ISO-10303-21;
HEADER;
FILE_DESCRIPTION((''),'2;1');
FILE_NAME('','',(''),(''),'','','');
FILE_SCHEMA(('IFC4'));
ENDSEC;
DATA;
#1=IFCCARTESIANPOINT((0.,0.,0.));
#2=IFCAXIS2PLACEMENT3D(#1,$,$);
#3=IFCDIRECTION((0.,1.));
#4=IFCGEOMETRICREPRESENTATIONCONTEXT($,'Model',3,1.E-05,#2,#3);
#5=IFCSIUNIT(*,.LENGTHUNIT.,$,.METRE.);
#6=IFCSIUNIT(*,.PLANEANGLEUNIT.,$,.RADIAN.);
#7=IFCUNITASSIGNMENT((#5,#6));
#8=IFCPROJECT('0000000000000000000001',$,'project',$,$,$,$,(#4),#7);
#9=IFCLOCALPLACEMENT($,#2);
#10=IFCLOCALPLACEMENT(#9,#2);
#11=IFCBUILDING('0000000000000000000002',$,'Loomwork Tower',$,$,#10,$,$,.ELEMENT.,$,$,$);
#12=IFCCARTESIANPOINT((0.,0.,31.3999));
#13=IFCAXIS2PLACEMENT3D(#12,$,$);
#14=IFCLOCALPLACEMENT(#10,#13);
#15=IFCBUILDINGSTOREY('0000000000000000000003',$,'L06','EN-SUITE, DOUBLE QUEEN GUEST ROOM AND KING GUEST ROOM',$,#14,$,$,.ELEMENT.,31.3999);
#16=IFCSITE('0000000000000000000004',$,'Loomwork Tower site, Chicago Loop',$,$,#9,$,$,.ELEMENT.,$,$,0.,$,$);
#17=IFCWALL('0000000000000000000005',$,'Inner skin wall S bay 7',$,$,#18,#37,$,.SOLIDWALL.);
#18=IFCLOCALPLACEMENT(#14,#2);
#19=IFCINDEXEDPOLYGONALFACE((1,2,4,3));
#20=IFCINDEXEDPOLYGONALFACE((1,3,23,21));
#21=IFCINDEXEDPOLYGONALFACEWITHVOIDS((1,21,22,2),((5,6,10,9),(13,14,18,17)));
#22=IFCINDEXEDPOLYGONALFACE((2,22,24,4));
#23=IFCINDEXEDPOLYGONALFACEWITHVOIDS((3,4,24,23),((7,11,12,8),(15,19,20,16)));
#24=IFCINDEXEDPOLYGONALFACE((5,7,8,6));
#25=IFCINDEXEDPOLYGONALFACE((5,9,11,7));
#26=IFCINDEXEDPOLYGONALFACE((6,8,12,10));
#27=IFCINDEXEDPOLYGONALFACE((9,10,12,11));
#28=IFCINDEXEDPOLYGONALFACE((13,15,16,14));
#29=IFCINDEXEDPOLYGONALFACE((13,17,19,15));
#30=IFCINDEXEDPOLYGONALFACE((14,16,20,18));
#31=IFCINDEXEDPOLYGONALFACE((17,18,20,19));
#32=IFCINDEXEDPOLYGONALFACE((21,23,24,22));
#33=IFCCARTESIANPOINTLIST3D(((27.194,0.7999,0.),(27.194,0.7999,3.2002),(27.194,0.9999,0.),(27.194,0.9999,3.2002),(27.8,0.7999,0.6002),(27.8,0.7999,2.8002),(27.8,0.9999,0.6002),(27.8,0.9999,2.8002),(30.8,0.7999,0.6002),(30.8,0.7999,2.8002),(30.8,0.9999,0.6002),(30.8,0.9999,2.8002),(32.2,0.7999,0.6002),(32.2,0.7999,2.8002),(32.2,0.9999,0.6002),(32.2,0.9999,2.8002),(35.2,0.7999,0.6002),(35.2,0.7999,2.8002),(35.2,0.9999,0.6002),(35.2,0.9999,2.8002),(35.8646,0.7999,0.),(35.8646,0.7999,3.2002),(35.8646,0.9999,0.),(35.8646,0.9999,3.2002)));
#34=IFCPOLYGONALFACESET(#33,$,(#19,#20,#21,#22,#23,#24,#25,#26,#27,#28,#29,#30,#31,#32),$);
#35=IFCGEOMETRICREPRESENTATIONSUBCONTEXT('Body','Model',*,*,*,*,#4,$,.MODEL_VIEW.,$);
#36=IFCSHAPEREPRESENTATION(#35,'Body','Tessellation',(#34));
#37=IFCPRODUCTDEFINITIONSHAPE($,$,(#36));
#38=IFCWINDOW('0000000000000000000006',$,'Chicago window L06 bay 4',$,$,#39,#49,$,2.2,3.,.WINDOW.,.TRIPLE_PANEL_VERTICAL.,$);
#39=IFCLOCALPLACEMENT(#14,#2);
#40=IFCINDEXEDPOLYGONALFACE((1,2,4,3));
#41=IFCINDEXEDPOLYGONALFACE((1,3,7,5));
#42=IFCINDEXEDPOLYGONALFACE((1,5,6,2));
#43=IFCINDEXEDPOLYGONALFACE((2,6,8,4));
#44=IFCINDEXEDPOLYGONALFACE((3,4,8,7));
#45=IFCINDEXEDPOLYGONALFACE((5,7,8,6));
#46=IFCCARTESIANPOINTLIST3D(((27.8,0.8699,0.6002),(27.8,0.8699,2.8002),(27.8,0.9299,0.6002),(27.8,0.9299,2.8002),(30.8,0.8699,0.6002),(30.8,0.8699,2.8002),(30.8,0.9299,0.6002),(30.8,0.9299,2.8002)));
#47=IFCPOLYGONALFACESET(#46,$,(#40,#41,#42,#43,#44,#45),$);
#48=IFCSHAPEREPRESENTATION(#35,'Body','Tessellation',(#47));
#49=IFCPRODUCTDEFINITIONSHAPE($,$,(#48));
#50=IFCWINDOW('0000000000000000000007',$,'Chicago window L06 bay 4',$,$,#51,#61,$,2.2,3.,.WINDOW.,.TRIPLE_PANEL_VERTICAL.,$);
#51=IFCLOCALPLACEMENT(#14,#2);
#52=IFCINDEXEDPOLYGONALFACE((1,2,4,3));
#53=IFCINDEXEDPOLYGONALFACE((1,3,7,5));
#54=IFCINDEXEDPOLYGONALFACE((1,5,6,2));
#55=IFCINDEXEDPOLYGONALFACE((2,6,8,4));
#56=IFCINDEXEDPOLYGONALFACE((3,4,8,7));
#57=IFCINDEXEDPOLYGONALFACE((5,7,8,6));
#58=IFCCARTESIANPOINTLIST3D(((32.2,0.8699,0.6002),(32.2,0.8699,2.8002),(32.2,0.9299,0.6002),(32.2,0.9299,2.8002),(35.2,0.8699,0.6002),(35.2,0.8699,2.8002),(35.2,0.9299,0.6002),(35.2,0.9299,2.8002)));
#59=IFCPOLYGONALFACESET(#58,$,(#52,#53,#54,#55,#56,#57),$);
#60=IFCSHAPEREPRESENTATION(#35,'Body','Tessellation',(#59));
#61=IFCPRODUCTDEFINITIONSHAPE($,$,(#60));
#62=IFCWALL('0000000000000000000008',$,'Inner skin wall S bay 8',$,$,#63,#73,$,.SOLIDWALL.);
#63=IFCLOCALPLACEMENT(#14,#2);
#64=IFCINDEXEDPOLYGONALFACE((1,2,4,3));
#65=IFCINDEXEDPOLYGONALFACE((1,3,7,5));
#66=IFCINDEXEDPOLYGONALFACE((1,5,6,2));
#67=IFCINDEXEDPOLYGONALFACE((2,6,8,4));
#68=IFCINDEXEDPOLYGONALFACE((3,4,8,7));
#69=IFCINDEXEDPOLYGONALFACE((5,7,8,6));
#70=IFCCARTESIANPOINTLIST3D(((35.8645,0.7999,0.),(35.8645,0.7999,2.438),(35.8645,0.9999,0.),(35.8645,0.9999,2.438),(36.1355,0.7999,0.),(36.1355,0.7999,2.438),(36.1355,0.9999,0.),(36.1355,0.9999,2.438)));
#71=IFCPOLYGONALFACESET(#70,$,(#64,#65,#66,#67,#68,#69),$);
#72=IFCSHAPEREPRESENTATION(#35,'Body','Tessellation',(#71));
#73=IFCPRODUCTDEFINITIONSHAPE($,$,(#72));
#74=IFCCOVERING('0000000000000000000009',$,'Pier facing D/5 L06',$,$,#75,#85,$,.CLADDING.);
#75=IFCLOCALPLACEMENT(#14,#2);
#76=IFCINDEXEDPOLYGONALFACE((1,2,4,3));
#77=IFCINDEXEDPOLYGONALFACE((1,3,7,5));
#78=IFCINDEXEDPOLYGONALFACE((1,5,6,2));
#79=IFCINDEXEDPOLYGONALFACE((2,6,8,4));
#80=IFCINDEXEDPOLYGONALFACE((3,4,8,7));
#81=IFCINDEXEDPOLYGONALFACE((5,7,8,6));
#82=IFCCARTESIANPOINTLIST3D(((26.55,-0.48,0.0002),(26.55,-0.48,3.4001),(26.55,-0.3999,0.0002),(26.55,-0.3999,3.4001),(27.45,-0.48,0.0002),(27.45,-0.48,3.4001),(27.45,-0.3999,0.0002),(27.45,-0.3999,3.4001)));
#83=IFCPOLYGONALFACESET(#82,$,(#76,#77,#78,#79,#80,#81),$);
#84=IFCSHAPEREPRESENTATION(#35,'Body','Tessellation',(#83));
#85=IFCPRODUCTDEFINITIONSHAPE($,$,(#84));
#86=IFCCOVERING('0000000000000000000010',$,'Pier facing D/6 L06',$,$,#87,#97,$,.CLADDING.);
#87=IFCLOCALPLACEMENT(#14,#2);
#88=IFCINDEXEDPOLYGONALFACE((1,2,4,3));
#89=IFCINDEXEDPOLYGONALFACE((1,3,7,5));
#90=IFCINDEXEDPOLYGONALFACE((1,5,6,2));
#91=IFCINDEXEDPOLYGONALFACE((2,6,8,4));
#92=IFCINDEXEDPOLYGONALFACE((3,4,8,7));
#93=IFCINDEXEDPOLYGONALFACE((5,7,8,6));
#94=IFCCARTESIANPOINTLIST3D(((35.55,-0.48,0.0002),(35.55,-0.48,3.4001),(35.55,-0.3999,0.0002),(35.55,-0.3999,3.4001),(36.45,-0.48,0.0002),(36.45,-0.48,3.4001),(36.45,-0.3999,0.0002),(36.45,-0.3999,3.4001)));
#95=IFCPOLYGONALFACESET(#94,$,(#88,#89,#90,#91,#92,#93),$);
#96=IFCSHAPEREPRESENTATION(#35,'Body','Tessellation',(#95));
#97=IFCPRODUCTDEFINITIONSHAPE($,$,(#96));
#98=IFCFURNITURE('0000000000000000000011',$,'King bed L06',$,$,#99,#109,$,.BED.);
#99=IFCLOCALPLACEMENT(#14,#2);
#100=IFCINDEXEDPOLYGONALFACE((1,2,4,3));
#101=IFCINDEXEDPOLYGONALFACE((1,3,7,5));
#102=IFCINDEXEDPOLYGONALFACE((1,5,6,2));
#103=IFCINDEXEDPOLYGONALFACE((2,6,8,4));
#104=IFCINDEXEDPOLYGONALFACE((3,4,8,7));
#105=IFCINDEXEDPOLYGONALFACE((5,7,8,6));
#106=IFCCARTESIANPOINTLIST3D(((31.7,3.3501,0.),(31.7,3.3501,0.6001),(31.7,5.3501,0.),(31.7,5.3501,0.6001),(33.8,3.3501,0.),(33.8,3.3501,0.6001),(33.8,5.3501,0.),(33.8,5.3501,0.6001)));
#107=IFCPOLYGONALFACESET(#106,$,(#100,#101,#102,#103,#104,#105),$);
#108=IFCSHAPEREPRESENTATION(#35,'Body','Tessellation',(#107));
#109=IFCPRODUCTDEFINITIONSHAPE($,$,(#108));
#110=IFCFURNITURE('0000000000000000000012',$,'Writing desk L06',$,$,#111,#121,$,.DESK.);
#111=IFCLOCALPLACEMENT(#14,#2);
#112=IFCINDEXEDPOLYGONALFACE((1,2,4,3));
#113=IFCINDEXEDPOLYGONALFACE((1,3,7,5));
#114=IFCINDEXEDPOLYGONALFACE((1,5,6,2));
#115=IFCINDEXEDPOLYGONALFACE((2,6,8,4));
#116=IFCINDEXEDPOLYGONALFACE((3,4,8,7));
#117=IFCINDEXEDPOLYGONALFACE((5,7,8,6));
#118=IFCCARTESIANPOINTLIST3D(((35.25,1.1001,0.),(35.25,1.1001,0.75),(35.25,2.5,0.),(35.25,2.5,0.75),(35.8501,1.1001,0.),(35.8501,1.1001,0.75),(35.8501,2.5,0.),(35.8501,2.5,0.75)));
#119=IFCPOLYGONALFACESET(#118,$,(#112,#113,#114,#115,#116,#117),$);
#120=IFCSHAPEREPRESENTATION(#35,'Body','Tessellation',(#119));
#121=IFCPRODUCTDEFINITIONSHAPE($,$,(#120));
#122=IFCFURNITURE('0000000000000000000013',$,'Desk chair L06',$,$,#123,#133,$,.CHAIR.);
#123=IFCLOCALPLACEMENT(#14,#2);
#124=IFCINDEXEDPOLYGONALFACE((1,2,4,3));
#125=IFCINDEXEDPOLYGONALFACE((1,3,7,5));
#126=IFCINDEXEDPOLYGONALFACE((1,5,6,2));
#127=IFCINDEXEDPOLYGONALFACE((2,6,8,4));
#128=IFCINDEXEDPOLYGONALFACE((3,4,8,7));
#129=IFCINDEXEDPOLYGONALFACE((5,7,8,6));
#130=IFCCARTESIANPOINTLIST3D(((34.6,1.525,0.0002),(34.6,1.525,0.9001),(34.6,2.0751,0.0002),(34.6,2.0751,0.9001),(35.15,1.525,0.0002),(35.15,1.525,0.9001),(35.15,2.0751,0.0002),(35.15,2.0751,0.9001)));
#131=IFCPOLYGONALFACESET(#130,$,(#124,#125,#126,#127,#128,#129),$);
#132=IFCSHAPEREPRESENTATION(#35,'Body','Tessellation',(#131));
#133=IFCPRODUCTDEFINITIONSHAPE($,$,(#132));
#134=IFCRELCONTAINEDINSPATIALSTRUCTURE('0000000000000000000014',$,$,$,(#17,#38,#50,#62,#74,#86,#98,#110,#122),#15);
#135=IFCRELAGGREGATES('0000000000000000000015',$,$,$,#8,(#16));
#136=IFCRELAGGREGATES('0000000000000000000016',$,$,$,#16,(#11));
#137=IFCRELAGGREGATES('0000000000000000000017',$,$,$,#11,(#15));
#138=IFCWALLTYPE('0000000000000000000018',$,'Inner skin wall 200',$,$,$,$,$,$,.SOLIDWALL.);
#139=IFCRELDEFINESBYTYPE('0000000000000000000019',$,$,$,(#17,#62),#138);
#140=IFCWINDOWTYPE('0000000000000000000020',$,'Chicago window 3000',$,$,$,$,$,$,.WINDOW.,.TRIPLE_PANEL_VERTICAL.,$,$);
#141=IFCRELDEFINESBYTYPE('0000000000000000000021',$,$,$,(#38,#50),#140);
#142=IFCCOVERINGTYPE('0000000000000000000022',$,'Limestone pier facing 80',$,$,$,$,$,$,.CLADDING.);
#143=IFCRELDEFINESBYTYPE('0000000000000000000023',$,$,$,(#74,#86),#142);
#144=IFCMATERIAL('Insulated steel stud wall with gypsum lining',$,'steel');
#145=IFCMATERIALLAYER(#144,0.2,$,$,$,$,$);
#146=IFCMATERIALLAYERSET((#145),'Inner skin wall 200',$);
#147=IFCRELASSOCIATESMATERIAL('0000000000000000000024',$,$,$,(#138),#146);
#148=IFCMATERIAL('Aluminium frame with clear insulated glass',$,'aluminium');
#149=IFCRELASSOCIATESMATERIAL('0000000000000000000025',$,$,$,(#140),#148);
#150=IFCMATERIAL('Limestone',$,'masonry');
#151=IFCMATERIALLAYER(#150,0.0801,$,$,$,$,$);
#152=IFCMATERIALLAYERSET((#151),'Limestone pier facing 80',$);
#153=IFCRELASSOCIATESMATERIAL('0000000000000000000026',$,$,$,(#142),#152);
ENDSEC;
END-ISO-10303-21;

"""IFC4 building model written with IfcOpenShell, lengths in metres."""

from ifc_helpers import new_model, si_unit, direction, frame, frame_2d, origin, origin_2d, place, context, subcontext, project, spatial, rectangle, extrude, material, layer, layer_set, type_object, element, fill, save


model = new_model("IFC4")

# Units and contexts
model_context = context("Model", 3, precision=1e-05, world=origin(), true_north=direction((0.0, 1.0)))
body_context = subcontext(model_context, "Body", "Model", "MODEL_VIEW")
ifc_project = project(units=[si_unit("LENGTHUNIT", "METRE"), si_unit("PLANEANGLEUNIT", "RADIAN")], contexts=[model_context])

# Site, building, storey
site_placement = place(None, origin())
site = spatial("IfcSite", under=ifc_project, at=site_placement, Name="Loomwork Tower site, Chicago Loop", CompositionType="ELEMENT", RefElevation=0.0)
building_placement = place(site_placement, origin())
building = spatial("IfcBuilding", under=site, at=building_placement, Name="Loomwork Tower", CompositionType="ELEMENT")
storey_placement = place(building_placement, frame((0.0, 0.0, 31.3999)))
storey = spatial("IfcBuildingStorey", under=building, at=storey_placement, Name="L06", Description="EN-SUITE, DOUBLE QUEEN GUEST ROOM AND KING GUEST ROOM", CompositionType="ELEMENT", Elevation=31.3999)

# Shared definitions
ifc_material_1 = material(Name="Insulated steel stud wall with gypsum lining", Category="steel")
ifc_layer_1 = layer(ifc_material_1, 0.2)
ifc_layer_set_1 = layer_set([ifc_layer_1], Name="Inner skin wall 200")
wall_type = type_object("IfcWallType", Name="Inner skin wall 200", PredefinedType="SOLIDWALL", material=ifc_layer_set_1)

# Wall, openings, windows
wall_1_placement = place(storey_placement, frame((27.1938, 0.8999, 0.0), z_axis=(0.0, 0.0, 1.0), x_axis=(1.0, 0.0, 0.0)))
wall_1 = element("IfcWall", 1, at=wall_1_placement, inside=storey, type_object=wall_type, Name="Inner skin wall S bay 7", PredefinedType="SOLIDWALL", context=body_context, shape_type="SweptSolid", body=[
    extrude(rectangle(XDim=8.6707, YDim=0.2, at=frame_2d((4.3354, 0.0))), origin(), (0.0, 0.0, 1.0), 3.2002),
])
opening_1_placement = place(wall_1_placement, frame((0.6062, 0.0, 0.6001)))
opening_1 = element("IfcOpeningElement", 2, at=opening_1_placement, cuts=wall_1, PredefinedType="OPENING", context=body_context, shape_type="SweptSolid", body=[
    extrude(rectangle(XDim=3.0, YDim=2.2, at=frame_2d((1.5, 1.1001))), frame((0.0, 0.1099, 0.0), z_axis=(0.0, -1.0, 0.0), x_axis=(1.0, 0.0, 0.0)), (0.0, 0.0, 1.0), 0.22),
])
opening_2_placement = place(wall_1_placement, frame((5.0061, 0.0, 0.6001)))
opening_2 = element("IfcOpeningElement", 3, at=opening_2_placement, cuts=wall_1, PredefinedType="OPENING", context=body_context, shape_type="SweptSolid", body=[
    extrude(rectangle(XDim=3.0, YDim=2.2, at=frame_2d((1.5, 1.1001))), frame((0.0, 0.1099, 0.0), z_axis=(0.0, -1.0, 0.0), x_axis=(1.0, 0.0, 0.0)), (0.0, 0.0, 1.0), 0.22),
])
ifc_material_2 = material(Name="Aluminium frame with clear insulated glass", Category="aluminium")
window_type = type_object("IfcWindowType", Name="Chicago window 3000", PartitioningType="TRIPLE_PANEL_VERTICAL", PredefinedType="WINDOW", material=ifc_material_2)
window_1_placement = place(opening_1_placement, origin())
window_1 = element("IfcWindow", 4, at=window_1_placement, inside=storey, type_object=window_type, Name="Chicago window L06 bay 4", OverallHeight=2.2, OverallWidth=3.0, PartitioningType="TRIPLE_PANEL_VERTICAL", PredefinedType="WINDOW", context=body_context, shape_type="SweptSolid", body=[
    extrude(rectangle(XDim=3.0, YDim=2.2, at=frame_2d((1.5, 1.1001))), frame((0.0, 0.03, 0.0), z_axis=(0.0, -1.0, 0.0), x_axis=(1.0, 0.0, 0.0)), (0.0, 0.0, 1.0), 0.0601),
])
fill(opening_1, window_1)
window_2_placement = place(opening_2_placement, origin())
window_2 = element("IfcWindow", 5, at=window_2_placement, inside=storey, type_object=window_type, Name="Chicago window L06 bay 4", OverallHeight=2.2, OverallWidth=3.0, PartitioningType="TRIPLE_PANEL_VERTICAL", PredefinedType="WINDOW", context=body_context, shape_type="SweptSolid", body=[
    extrude(rectangle(XDim=3.0, YDim=2.2, at=frame_2d((1.5, 1.1001))), frame((0.0, 0.03, 0.0), z_axis=(0.0, -1.0, 0.0), x_axis=(1.0, 0.0, 0.0)), (0.0, 0.0, 1.0), 0.0601),
])
fill(opening_2, window_2)

# Wall
wall_2_placement = place(storey_placement, frame((35.8645, 0.8999, 0.0), z_axis=(0.0, 0.0, 1.0), x_axis=(1.0, 0.0, 0.0)))
element("IfcWall", 6, at=wall_2_placement, inside=storey, type_object=wall_type, Name="Inner skin wall S bay 8", PredefinedType="SOLIDWALL", context=body_context, shape_type="SweptSolid", body=[
    extrude(rectangle(XDim=0.271, YDim=0.2, at=frame_2d((0.1355, 0.0))), origin(), (0.0, 0.0, 1.0), 2.438),
])

# Coverings
ifc_material_3 = material(Name="Limestone", Category="masonry")
ifc_layer_2 = layer(ifc_material_3, 0.0801)
ifc_layer_set_2 = layer_set([ifc_layer_2], Name="Limestone pier facing 80")
covering_type = type_object("IfcCoveringType", Name="Limestone pier facing 80", PredefinedType="CLADDING", material=ifc_layer_set_2)
for number, where, z_axis, x_axis, name in (
    (7, (27.0, -0.4399, 0.0002), (0.0, 0.0, 1.0), (1.0, 0.0, 0.0), "Pier facing D/5 L06"),
    (8, (36.0, -0.4399, 0.0002), (0.0, 0.0, 1.0), (1.0, 0.0, 0.0), "Pier facing D/6 L06"),
):
    element("IfcCovering", number, at=place(storey_placement, frame(where, z_axis=z_axis, x_axis=x_axis)), inside=storey, type_object=covering_type, Name=name, PredefinedType="CLADDING", context=body_context, shape_type="SweptSolid", body=[
        extrude(rectangle(XDim=0.8999, YDim=0.0801, at=origin_2d()), origin(), (0.0, 0.0, 1.0), 3.3999),
    ])

# Furniture
furniture_1_placement = place(storey_placement, frame((32.75, 4.3501, 0.0), z_axis=(0.0, 0.0, 1.0), x_axis=(1.0, 0.0, 0.0)))
element("IfcFurniture", 9, at=furniture_1_placement, inside=storey, Name="King bed L06", PredefinedType="BED", context=body_context, shape_type="SweptSolid", body=[
    extrude(rectangle(XDim=2.1001, YDim=2.0, at=origin_2d()), origin(), (0.0, 0.0, 1.0), 0.6001),
])
furniture_2_placement = place(storey_placement, frame((35.55, 1.8, 0.0), z_axis=(0.0, 0.0, 1.0), x_axis=(1.0, 0.0, 0.0)))
element("IfcFurniture", 10, at=furniture_2_placement, inside=storey, Name="Writing desk L06", PredefinedType="DESK", context=body_context, shape_type="SweptSolid", body=[
    extrude(rectangle(XDim=0.6001, YDim=1.3999, at=origin_2d()), origin(), (0.0, 0.0, 1.0), 0.75),
])
furniture_3_placement = place(storey_placement, frame((34.875, 1.8, 0.0002), z_axis=(0.0, 0.0, 1.0), x_axis=(1.0, 0.0, 0.0)))
element("IfcFurniture", 11, at=furniture_3_placement, inside=storey, Name="Desk chair L06", PredefinedType="CHAIR", context=body_context, shape_type="SweptSolid", body=[
    extrude(rectangle(XDim=0.55, YDim=0.55, at=origin_2d()), origin(), (0.0, 0.0, 1.0), 0.8999),
])

save(model, "model.ifc")
